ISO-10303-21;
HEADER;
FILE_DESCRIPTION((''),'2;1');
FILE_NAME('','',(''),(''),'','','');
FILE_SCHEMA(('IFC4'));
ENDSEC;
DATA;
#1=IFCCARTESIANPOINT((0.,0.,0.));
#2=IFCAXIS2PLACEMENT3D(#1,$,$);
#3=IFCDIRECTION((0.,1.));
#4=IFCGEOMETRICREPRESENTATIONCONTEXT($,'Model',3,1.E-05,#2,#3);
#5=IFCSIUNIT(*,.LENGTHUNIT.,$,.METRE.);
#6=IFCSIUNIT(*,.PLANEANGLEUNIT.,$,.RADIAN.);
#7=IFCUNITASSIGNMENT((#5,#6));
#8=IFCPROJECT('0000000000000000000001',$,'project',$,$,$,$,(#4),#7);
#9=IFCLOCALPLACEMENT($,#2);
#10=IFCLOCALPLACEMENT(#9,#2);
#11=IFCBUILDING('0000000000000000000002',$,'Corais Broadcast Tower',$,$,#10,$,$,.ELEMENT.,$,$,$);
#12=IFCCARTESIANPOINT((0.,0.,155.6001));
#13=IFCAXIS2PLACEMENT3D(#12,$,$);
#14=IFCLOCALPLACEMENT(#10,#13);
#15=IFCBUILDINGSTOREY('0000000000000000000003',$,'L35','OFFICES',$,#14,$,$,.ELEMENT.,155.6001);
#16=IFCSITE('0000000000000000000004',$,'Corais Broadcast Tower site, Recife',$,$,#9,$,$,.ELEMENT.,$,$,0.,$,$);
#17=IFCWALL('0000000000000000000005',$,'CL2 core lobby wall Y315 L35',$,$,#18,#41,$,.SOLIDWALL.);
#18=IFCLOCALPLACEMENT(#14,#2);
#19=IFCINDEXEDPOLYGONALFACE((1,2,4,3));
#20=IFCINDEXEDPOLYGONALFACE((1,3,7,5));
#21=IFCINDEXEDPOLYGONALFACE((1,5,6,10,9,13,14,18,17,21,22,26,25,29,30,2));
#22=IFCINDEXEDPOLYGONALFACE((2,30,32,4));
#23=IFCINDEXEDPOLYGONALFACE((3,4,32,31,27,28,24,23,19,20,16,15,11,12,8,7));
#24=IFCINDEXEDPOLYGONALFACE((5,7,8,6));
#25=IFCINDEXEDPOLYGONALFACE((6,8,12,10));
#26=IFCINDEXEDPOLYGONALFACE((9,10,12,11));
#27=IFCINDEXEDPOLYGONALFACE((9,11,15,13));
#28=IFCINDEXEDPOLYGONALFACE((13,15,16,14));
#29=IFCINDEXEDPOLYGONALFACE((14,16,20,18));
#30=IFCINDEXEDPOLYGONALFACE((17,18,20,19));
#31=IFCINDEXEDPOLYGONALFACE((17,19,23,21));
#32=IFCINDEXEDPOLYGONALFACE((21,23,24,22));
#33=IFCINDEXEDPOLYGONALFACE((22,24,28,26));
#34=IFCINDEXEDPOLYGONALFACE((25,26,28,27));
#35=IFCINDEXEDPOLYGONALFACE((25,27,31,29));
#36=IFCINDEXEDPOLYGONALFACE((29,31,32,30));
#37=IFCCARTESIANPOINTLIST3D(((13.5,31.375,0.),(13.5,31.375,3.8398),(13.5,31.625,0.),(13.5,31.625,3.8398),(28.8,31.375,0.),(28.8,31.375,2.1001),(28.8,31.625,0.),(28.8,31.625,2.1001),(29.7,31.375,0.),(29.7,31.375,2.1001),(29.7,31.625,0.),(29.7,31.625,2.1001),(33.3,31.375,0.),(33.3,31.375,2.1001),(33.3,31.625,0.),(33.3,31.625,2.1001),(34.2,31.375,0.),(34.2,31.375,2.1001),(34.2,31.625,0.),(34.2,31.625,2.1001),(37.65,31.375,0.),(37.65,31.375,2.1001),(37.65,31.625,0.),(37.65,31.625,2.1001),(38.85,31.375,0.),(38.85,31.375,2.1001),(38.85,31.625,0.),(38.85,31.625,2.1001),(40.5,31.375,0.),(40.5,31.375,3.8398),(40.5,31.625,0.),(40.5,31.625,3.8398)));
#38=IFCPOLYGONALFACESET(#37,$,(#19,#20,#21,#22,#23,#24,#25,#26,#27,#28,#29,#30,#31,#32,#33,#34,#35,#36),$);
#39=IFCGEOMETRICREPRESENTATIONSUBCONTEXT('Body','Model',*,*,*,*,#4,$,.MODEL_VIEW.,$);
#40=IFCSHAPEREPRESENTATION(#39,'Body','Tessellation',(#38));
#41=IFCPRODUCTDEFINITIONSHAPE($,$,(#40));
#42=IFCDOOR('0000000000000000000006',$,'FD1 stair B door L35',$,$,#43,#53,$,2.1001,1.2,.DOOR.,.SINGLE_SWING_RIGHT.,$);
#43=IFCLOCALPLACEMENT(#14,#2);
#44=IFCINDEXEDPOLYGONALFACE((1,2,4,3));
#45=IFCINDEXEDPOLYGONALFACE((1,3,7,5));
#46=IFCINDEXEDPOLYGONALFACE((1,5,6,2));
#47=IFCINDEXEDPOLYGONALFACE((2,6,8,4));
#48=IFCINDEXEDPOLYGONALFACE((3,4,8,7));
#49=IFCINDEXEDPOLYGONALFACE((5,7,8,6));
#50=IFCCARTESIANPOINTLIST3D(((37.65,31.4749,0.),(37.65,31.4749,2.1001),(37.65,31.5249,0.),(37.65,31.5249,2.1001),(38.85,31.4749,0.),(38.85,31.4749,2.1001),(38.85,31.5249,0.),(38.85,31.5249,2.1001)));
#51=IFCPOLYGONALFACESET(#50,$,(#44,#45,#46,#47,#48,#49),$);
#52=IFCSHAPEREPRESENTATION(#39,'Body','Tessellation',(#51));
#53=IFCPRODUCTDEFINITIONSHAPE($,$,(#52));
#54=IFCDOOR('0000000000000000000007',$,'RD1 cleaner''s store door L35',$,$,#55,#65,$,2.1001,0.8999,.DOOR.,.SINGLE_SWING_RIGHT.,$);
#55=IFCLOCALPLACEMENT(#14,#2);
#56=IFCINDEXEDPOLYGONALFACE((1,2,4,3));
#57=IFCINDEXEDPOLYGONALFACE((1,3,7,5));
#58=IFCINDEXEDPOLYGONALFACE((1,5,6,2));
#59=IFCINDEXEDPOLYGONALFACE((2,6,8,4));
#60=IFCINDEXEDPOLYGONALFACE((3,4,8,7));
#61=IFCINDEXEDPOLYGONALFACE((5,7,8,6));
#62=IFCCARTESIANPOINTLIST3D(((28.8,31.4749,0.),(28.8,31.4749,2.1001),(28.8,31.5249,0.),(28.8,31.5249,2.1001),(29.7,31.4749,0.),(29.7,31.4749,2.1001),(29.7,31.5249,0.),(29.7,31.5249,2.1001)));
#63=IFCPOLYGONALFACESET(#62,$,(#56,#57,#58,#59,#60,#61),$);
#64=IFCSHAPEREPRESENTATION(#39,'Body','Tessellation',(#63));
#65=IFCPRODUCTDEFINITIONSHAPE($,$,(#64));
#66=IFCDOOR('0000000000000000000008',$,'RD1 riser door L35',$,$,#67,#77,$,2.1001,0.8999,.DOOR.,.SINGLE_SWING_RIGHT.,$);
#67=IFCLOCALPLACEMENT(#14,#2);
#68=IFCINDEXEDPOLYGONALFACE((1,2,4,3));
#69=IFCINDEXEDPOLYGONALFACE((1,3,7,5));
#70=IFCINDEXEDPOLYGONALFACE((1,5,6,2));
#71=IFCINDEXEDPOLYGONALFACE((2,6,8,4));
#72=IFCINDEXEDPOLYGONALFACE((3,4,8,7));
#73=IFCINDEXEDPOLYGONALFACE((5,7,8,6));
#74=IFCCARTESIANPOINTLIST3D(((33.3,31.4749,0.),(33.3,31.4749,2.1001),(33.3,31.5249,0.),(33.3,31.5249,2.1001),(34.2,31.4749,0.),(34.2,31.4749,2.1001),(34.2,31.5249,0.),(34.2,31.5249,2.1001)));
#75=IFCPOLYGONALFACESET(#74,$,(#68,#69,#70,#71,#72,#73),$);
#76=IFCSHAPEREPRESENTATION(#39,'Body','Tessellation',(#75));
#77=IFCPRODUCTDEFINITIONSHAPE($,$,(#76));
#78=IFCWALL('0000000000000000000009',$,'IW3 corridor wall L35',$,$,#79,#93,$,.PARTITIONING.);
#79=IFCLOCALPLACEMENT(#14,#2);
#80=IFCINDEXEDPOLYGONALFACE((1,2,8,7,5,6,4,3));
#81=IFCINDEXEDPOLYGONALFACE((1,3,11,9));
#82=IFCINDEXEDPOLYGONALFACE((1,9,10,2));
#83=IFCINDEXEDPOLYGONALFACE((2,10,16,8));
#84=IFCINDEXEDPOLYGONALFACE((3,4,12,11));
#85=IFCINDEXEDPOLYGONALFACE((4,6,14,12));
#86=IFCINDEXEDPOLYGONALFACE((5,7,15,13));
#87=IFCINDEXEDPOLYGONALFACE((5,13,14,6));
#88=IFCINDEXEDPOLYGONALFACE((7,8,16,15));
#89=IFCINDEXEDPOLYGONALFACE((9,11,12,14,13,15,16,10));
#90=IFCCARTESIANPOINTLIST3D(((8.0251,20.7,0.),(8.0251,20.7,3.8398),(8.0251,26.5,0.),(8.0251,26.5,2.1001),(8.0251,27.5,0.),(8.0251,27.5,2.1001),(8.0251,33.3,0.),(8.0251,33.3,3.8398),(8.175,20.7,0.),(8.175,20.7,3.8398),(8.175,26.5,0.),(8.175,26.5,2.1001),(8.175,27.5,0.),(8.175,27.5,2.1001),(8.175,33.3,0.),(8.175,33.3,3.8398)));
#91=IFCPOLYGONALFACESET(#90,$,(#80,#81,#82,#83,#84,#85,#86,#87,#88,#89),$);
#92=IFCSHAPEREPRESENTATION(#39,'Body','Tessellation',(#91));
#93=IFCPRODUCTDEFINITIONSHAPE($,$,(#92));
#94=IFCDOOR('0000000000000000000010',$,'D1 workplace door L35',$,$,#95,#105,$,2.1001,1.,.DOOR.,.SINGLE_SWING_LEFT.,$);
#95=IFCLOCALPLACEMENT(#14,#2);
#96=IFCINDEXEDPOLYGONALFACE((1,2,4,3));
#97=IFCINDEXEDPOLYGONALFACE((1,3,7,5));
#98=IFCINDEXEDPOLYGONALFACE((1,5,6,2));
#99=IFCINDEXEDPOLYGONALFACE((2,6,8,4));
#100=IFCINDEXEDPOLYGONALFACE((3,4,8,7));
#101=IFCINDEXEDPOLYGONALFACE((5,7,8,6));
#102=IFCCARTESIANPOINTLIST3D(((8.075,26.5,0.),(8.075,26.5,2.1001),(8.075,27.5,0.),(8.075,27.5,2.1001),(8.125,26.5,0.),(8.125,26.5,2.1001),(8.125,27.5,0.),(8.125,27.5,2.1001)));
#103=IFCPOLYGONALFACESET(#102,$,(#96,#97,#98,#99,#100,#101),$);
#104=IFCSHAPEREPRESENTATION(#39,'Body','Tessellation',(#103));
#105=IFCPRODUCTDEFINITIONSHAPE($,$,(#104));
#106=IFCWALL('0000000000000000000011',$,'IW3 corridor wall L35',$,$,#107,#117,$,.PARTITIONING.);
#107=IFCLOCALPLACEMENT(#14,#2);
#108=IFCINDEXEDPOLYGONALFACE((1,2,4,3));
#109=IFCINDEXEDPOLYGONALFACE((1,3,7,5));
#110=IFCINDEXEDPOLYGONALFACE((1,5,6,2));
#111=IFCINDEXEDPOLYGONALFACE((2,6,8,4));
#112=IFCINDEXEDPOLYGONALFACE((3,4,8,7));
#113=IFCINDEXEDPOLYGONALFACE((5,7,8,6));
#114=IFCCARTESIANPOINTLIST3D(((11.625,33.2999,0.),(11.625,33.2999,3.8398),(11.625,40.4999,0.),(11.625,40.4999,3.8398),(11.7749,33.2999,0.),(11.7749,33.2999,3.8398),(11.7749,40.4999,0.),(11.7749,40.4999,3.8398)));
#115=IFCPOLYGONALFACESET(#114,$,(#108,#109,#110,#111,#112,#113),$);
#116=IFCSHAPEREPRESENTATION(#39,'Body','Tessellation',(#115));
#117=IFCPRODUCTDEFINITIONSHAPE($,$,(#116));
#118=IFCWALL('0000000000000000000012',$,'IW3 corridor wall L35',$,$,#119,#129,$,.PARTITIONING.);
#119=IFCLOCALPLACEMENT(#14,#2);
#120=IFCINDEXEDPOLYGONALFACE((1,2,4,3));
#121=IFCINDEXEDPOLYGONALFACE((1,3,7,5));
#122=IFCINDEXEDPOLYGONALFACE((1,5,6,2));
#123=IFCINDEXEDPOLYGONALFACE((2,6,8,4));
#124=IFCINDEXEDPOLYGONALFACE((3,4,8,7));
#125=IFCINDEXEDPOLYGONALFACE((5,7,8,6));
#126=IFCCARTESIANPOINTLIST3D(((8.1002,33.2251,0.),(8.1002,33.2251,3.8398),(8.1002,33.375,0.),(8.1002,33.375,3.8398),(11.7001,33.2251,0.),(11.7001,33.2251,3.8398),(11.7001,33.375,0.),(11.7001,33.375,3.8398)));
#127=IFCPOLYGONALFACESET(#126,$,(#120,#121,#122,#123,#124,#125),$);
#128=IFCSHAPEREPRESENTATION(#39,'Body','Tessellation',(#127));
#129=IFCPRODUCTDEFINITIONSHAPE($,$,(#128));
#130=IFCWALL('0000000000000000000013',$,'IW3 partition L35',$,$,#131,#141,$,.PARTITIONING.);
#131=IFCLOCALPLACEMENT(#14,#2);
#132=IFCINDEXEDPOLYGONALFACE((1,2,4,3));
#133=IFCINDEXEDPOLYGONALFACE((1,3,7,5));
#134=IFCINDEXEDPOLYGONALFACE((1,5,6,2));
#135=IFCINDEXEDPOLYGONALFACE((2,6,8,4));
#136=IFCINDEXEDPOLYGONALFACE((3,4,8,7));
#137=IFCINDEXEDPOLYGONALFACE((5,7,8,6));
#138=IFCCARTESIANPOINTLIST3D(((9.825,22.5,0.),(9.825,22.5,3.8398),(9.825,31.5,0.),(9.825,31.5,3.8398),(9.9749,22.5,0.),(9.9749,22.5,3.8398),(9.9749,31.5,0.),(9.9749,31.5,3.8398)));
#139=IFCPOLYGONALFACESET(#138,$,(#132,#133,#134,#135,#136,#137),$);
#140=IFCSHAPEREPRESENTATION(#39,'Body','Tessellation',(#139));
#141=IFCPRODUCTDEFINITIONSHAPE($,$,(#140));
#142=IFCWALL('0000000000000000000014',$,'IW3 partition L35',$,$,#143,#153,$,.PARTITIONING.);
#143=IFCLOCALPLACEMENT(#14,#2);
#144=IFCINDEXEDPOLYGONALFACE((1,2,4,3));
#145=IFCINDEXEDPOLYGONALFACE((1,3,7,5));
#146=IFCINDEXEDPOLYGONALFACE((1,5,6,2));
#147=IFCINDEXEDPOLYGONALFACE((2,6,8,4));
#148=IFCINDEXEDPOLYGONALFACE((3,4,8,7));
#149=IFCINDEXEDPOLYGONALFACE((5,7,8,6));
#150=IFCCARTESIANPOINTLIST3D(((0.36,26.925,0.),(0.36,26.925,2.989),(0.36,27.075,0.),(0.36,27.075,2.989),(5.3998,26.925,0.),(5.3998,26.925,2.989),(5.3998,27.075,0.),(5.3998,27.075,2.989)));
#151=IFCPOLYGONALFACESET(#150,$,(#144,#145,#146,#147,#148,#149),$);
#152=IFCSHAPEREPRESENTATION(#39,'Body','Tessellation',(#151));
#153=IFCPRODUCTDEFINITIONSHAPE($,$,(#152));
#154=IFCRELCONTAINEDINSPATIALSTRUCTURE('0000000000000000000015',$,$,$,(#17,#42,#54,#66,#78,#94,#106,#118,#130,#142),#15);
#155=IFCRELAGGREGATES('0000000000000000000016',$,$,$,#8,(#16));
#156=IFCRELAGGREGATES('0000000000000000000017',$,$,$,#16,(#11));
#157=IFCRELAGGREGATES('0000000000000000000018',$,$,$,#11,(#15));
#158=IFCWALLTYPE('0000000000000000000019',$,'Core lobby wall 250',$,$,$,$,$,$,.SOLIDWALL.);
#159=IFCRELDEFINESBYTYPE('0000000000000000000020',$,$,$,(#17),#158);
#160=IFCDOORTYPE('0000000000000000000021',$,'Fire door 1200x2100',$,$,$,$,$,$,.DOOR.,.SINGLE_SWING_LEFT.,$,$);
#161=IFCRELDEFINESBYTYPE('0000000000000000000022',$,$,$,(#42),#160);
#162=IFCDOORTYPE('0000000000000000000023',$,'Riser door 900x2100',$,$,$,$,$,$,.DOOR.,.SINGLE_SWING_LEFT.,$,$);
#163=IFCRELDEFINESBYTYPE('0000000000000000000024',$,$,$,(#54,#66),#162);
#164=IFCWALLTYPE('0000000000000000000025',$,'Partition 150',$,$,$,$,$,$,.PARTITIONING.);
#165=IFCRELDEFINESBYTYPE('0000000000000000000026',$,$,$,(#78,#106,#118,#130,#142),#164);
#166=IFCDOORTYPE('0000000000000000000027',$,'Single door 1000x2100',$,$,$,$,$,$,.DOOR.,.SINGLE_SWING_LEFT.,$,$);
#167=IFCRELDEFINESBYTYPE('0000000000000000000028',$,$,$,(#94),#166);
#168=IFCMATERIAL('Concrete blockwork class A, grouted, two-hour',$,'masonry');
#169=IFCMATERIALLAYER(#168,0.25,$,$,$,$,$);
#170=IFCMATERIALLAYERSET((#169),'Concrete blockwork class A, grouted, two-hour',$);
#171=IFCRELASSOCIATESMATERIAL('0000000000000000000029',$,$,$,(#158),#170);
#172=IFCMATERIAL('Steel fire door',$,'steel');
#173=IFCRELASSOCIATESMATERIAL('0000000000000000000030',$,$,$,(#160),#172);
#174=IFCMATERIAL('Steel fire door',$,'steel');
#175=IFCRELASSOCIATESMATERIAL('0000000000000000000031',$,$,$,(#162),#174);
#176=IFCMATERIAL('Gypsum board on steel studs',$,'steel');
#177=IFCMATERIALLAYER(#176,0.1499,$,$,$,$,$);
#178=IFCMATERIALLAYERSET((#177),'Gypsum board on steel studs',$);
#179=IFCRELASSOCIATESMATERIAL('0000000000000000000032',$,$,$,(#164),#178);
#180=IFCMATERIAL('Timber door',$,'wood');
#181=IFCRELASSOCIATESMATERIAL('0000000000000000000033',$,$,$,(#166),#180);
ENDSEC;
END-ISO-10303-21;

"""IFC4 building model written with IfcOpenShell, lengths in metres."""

from ifc_helpers import new_model, si_unit, direction, frame, frame_2d, origin, place, context, subcontext, project, spatial, rectangle, extrude, material, layer, layer_set, type_object, element, fill, save


model = new_model("IFC4")

# Units and contexts
model_context = context("Model", 3, precision=1e-05, world=origin(), true_north=direction((0.0, 1.0)))
body_context = subcontext(model_context, "Body", "Model", "MODEL_VIEW")
ifc_project = project(units=[si_unit("LENGTHUNIT", "METRE"), si_unit("PLANEANGLEUNIT", "RADIAN")], contexts=[model_context])

# Site, building, storey
site_placement = place(None, origin())
site = spatial("IfcSite", under=ifc_project, at=site_placement, Name="Corais Broadcast Tower site, Recife", CompositionType="ELEMENT", RefElevation=0.0)
building_placement = place(site_placement, origin())
building = spatial("IfcBuilding", under=site, at=building_placement, Name="Corais Broadcast Tower", CompositionType="ELEMENT")
storey_placement = place(building_placement, frame((0.0, 0.0, 155.6001)))
storey = spatial("IfcBuildingStorey", under=building, at=storey_placement, Name="L35", Description="OFFICES", CompositionType="ELEMENT", Elevation=155.6001)

# Wall, openings, doors
ifc_material_1 = material(Name="Concrete blockwork class A, grouted, two-hour", Category="masonry")
ifc_layer_1 = layer(ifc_material_1, 0.25)
ifc_layer_set_1 = layer_set([ifc_layer_1], Name="Concrete blockwork class A, grouted, two-hour")
wall_type_1 = type_object("IfcWallType", Name="Core lobby wall 250", PredefinedType="SOLIDWALL", material=ifc_layer_set_1)
wall_1_placement = place(storey_placement, frame((13.5, 31.5, 0.0), z_axis=(0.0, 0.0, 1.0), x_axis=(1.0, 0.0, 0.0)))
wall_1 = element("IfcWall", 1, at=wall_1_placement, inside=storey, type_object=wall_type_1, Name="CL2 core lobby wall Y315 L35", PredefinedType="SOLIDWALL", context=body_context, shape_type="SweptSolid", body=[
    extrude(rectangle(XDim=27.0, YDim=0.25, at=frame_2d((13.5, 0.0))), origin(), (0.0, 0.0, 1.0), 3.8398),
])
opening_1_placement = place(wall_1_placement, frame((24.1499, 0.0, 0.0)))
opening_1 = element("IfcOpeningElement", 2, at=opening_1_placement, cuts=wall_1, PredefinedType="OPENING", context=body_context, shape_type="SweptSolid", body=[
    extrude(rectangle(XDim=1.2, YDim=2.1001, at=frame_2d((0.6001, 1.05))), frame((0.0, 0.135, 0.0), z_axis=(0.0, -1.0, 0.0), x_axis=(1.0, 0.0, 0.0)), (0.0, 0.0, 1.0), 0.27),
])
opening_2_placement = place(wall_1_placement, frame((15.3, 0.0, 0.0)))
opening_2 = element("IfcOpeningElement", 3, at=opening_2_placement, cuts=wall_1, PredefinedType="OPENING", context=body_context, shape_type="SweptSolid", body=[
    extrude(rectangle(XDim=0.8999, YDim=2.1001, at=frame_2d((0.45, 1.05))), frame((0.0, 0.135, 0.0), z_axis=(0.0, -1.0, 0.0), x_axis=(1.0, 0.0, 0.0)), (0.0, 0.0, 1.0), 0.27),
])
opening_3_placement = place(wall_1_placement, frame((19.8, 0.0, 0.0)))
opening_3 = element("IfcOpeningElement", 4, at=opening_3_placement, cuts=wall_1, PredefinedType="OPENING", context=body_context, shape_type="SweptSolid", body=[
    extrude(rectangle(XDim=0.8999, YDim=2.1001, at=frame_2d((0.45, 1.05))), frame((0.0, 0.135, 0.0), z_axis=(0.0, -1.0, 0.0), x_axis=(1.0, 0.0, 0.0)), (0.0, 0.0, 1.0), 0.27),
])
ifc_material_2 = material(Name="Steel fire door", Category="steel")
door_type_1 = type_object("IfcDoorType", Name="Fire door 1200x2100", OperationType="SINGLE_SWING_LEFT", PredefinedType="DOOR", material=ifc_material_2)
door_1_placement = place(opening_1_placement, origin())
door_1 = element("IfcDoor", 5, at=door_1_placement, inside=storey, type_object=door_type_1, Name="FD1 stair B door L35", OperationType="SINGLE_SWING_RIGHT", OverallHeight=2.1001, OverallWidth=1.2, PredefinedType="DOOR", context=body_context, shape_type="SweptSolid", body=[
    extrude(rectangle(XDim=1.2, YDim=2.1001, at=frame_2d((0.6001, 1.05))), frame((0.0, 0.0249, 0.0), z_axis=(0.0, -1.0, 0.0), x_axis=(1.0, 0.0, 0.0)), (0.0, 0.0, 1.0), 0.05),
])
fill(opening_1, door_1)
ifc_material_3 = material(Name="Steel fire door", Category="steel")
door_type_2 = type_object("IfcDoorType", Name="Riser door 900x2100", OperationType="SINGLE_SWING_LEFT", PredefinedType="DOOR", material=ifc_material_3)
door_2_placement = place(opening_2_placement, origin())
door_2 = element("IfcDoor", 6, at=door_2_placement, inside=storey, type_object=door_type_2, Name="RD1 cleaner's store door L35", OperationType="SINGLE_SWING_RIGHT", OverallHeight=2.1001, OverallWidth=0.8999, PredefinedType="DOOR", context=body_context, shape_type="SweptSolid", body=[
    extrude(rectangle(XDim=0.8999, YDim=2.1001, at=frame_2d((0.45, 1.05))), frame((0.0, 0.0249, 0.0), z_axis=(0.0, -1.0, 0.0), x_axis=(1.0, 0.0, 0.0)), (0.0, 0.0, 1.0), 0.05),
])
fill(opening_2, door_2)
door_3_placement = place(opening_3_placement, origin())
door_3 = element("IfcDoor", 7, at=door_3_placement, inside=storey, type_object=door_type_2, Name="RD1 riser door L35", OperationType="SINGLE_SWING_RIGHT", OverallHeight=2.1001, OverallWidth=0.8999, PredefinedType="DOOR", context=body_context, shape_type="SweptSolid", body=[
    extrude(rectangle(XDim=0.8999, YDim=2.1001, at=frame_2d((0.45, 1.05))), frame((0.0, 0.0249, 0.0), z_axis=(0.0, -1.0, 0.0), x_axis=(1.0, 0.0, 0.0)), (0.0, 0.0, 1.0), 0.05),
])
fill(opening_3, door_3)

# Wall, opening, door
ifc_material_4 = material(Name="Gypsum board on steel studs", Category="steel")
ifc_layer_2 = layer(ifc_material_4, 0.1499)
ifc_layer_set_2 = layer_set([ifc_layer_2], Name="Gypsum board on steel studs")
wall_type_2 = type_object("IfcWallType", Name="Partition 150", PredefinedType="PARTITIONING", material=ifc_layer_set_2)
wall_2_placement = place(storey_placement, frame((8.1001, 33.3, 0.0), z_axis=(0.0, 0.0, 1.0), x_axis=(0.0, -1.0, 0.0)))
wall_2 = element("IfcWall", 8, at=wall_2_placement, inside=storey, type_object=wall_type_2, Name="IW3 corridor wall L35", PredefinedType="PARTITIONING", context=body_context, shape_type="SweptSolid", body=[
    extrude(rectangle(XDim=12.6001, YDim=0.1499, at=frame_2d((6.3, 0.0))), origin(), (0.0, 0.0, 1.0), 3.8398),
])
opening_4_placement = place(wall_2_placement, frame((5.8, 0.0, 0.0)))
opening_4 = element("IfcOpeningElement", 9, at=opening_4_placement, cuts=wall_2, PredefinedType="OPENING", context=body_context, shape_type="SweptSolid", body=[
    extrude(rectangle(XDim=1.0, YDim=2.1001, at=frame_2d((0.5, 1.05))), frame((0.0, 0.085, 0.0), z_axis=(0.0, -1.0, 0.0), x_axis=(1.0, 0.0, 0.0)), (0.0, 0.0, 1.0), 0.1699),
])
ifc_material_5 = material(Name="Timber door", Category="wood")
door_type_3 = type_object("IfcDoorType", Name="Single door 1000x2100", OperationType="SINGLE_SWING_LEFT", PredefinedType="DOOR", material=ifc_material_5)
door_4_placement = place(opening_4_placement, origin())
door_4 = element("IfcDoor", 10, at=door_4_placement, inside=storey, type_object=door_type_3, Name="D1 workplace door L35", OperationType="SINGLE_SWING_LEFT", OverallHeight=2.1001, OverallWidth=1.0, PredefinedType="DOOR", context=body_context, shape_type="SweptSolid", body=[
    extrude(rectangle(XDim=1.0, YDim=2.1001, at=frame_2d((0.5, 1.05))), frame((0.0, 0.0249, 0.0), z_axis=(0.0, -1.0, 0.0), x_axis=(1.0, 0.0, 0.0)), (0.0, 0.0, 1.0), 0.05),
])
fill(opening_4, door_4)

# Walls
wall_3_placement = place(storey_placement, frame((11.7, 40.5, 0.0), z_axis=(0.0, 0.0, 1.0), x_axis=(0.0, -1.0, 0.0)))
element("IfcWall", 11, at=wall_3_placement, inside=storey, type_object=wall_type_2, Name="IW3 corridor wall L35", PredefinedType="PARTITIONING", context=body_context, shape_type="SweptSolid", body=[
    extrude(rectangle(XDim=7.2, YDim=0.1499, at=frame_2d((3.6001, 0.0))), origin(), (0.0, 0.0, 1.0), 3.8398),
])
wall_4_placement = place(storey_placement, frame((11.7, 33.3, 0.0), z_axis=(0.0, 0.0, 1.0), x_axis=(-1.0, 0.0, 0.0)))
element("IfcWall", 12, at=wall_4_placement, inside=storey, type_object=wall_type_2, Name="IW3 corridor wall L35", PredefinedType="PARTITIONING", context=body_context, shape_type="SweptSolid", body=[
    extrude(rectangle(XDim=3.5999, YDim=0.1499, at=frame_2d((1.7998, 0.0))), origin(), (0.0, 0.0, 1.0), 3.8398),
])
wall_5_placement = place(storey_placement, frame((9.8999, 31.5, 0.0), z_axis=(0.0, 0.0, 1.0), x_axis=(0.0, -1.0, 0.0)))
element("IfcWall", 13, at=wall_5_placement, inside=storey, type_object=wall_type_2, Name="IW3 partition L35", PredefinedType="PARTITIONING", context=body_context, shape_type="SweptSolid", body=[
    extrude(rectangle(XDim=9.0, YDim=0.1499, at=frame_2d((4.5, 0.0))), origin(), (0.0, 0.0, 1.0), 3.8398),
])
wall_6_placement = place(storey_placement, frame((5.3999, 27.0, 0.0), z_axis=(0.0, 0.0, 1.0), x_axis=(-1.0, 0.0, 0.0)))
element("IfcWall", 14, at=wall_6_placement, inside=storey, type_object=wall_type_2, Name="IW3 partition L35", PredefinedType="PARTITIONING", context=body_context, shape_type="SweptSolid", body=[
    extrude(rectangle(XDim=5.0398, YDim=0.1499, at=frame_2d((2.52, 0.0))), origin(), (0.0, 0.0, 1.0), 2.989),
])

save(model, "model.ifc")
